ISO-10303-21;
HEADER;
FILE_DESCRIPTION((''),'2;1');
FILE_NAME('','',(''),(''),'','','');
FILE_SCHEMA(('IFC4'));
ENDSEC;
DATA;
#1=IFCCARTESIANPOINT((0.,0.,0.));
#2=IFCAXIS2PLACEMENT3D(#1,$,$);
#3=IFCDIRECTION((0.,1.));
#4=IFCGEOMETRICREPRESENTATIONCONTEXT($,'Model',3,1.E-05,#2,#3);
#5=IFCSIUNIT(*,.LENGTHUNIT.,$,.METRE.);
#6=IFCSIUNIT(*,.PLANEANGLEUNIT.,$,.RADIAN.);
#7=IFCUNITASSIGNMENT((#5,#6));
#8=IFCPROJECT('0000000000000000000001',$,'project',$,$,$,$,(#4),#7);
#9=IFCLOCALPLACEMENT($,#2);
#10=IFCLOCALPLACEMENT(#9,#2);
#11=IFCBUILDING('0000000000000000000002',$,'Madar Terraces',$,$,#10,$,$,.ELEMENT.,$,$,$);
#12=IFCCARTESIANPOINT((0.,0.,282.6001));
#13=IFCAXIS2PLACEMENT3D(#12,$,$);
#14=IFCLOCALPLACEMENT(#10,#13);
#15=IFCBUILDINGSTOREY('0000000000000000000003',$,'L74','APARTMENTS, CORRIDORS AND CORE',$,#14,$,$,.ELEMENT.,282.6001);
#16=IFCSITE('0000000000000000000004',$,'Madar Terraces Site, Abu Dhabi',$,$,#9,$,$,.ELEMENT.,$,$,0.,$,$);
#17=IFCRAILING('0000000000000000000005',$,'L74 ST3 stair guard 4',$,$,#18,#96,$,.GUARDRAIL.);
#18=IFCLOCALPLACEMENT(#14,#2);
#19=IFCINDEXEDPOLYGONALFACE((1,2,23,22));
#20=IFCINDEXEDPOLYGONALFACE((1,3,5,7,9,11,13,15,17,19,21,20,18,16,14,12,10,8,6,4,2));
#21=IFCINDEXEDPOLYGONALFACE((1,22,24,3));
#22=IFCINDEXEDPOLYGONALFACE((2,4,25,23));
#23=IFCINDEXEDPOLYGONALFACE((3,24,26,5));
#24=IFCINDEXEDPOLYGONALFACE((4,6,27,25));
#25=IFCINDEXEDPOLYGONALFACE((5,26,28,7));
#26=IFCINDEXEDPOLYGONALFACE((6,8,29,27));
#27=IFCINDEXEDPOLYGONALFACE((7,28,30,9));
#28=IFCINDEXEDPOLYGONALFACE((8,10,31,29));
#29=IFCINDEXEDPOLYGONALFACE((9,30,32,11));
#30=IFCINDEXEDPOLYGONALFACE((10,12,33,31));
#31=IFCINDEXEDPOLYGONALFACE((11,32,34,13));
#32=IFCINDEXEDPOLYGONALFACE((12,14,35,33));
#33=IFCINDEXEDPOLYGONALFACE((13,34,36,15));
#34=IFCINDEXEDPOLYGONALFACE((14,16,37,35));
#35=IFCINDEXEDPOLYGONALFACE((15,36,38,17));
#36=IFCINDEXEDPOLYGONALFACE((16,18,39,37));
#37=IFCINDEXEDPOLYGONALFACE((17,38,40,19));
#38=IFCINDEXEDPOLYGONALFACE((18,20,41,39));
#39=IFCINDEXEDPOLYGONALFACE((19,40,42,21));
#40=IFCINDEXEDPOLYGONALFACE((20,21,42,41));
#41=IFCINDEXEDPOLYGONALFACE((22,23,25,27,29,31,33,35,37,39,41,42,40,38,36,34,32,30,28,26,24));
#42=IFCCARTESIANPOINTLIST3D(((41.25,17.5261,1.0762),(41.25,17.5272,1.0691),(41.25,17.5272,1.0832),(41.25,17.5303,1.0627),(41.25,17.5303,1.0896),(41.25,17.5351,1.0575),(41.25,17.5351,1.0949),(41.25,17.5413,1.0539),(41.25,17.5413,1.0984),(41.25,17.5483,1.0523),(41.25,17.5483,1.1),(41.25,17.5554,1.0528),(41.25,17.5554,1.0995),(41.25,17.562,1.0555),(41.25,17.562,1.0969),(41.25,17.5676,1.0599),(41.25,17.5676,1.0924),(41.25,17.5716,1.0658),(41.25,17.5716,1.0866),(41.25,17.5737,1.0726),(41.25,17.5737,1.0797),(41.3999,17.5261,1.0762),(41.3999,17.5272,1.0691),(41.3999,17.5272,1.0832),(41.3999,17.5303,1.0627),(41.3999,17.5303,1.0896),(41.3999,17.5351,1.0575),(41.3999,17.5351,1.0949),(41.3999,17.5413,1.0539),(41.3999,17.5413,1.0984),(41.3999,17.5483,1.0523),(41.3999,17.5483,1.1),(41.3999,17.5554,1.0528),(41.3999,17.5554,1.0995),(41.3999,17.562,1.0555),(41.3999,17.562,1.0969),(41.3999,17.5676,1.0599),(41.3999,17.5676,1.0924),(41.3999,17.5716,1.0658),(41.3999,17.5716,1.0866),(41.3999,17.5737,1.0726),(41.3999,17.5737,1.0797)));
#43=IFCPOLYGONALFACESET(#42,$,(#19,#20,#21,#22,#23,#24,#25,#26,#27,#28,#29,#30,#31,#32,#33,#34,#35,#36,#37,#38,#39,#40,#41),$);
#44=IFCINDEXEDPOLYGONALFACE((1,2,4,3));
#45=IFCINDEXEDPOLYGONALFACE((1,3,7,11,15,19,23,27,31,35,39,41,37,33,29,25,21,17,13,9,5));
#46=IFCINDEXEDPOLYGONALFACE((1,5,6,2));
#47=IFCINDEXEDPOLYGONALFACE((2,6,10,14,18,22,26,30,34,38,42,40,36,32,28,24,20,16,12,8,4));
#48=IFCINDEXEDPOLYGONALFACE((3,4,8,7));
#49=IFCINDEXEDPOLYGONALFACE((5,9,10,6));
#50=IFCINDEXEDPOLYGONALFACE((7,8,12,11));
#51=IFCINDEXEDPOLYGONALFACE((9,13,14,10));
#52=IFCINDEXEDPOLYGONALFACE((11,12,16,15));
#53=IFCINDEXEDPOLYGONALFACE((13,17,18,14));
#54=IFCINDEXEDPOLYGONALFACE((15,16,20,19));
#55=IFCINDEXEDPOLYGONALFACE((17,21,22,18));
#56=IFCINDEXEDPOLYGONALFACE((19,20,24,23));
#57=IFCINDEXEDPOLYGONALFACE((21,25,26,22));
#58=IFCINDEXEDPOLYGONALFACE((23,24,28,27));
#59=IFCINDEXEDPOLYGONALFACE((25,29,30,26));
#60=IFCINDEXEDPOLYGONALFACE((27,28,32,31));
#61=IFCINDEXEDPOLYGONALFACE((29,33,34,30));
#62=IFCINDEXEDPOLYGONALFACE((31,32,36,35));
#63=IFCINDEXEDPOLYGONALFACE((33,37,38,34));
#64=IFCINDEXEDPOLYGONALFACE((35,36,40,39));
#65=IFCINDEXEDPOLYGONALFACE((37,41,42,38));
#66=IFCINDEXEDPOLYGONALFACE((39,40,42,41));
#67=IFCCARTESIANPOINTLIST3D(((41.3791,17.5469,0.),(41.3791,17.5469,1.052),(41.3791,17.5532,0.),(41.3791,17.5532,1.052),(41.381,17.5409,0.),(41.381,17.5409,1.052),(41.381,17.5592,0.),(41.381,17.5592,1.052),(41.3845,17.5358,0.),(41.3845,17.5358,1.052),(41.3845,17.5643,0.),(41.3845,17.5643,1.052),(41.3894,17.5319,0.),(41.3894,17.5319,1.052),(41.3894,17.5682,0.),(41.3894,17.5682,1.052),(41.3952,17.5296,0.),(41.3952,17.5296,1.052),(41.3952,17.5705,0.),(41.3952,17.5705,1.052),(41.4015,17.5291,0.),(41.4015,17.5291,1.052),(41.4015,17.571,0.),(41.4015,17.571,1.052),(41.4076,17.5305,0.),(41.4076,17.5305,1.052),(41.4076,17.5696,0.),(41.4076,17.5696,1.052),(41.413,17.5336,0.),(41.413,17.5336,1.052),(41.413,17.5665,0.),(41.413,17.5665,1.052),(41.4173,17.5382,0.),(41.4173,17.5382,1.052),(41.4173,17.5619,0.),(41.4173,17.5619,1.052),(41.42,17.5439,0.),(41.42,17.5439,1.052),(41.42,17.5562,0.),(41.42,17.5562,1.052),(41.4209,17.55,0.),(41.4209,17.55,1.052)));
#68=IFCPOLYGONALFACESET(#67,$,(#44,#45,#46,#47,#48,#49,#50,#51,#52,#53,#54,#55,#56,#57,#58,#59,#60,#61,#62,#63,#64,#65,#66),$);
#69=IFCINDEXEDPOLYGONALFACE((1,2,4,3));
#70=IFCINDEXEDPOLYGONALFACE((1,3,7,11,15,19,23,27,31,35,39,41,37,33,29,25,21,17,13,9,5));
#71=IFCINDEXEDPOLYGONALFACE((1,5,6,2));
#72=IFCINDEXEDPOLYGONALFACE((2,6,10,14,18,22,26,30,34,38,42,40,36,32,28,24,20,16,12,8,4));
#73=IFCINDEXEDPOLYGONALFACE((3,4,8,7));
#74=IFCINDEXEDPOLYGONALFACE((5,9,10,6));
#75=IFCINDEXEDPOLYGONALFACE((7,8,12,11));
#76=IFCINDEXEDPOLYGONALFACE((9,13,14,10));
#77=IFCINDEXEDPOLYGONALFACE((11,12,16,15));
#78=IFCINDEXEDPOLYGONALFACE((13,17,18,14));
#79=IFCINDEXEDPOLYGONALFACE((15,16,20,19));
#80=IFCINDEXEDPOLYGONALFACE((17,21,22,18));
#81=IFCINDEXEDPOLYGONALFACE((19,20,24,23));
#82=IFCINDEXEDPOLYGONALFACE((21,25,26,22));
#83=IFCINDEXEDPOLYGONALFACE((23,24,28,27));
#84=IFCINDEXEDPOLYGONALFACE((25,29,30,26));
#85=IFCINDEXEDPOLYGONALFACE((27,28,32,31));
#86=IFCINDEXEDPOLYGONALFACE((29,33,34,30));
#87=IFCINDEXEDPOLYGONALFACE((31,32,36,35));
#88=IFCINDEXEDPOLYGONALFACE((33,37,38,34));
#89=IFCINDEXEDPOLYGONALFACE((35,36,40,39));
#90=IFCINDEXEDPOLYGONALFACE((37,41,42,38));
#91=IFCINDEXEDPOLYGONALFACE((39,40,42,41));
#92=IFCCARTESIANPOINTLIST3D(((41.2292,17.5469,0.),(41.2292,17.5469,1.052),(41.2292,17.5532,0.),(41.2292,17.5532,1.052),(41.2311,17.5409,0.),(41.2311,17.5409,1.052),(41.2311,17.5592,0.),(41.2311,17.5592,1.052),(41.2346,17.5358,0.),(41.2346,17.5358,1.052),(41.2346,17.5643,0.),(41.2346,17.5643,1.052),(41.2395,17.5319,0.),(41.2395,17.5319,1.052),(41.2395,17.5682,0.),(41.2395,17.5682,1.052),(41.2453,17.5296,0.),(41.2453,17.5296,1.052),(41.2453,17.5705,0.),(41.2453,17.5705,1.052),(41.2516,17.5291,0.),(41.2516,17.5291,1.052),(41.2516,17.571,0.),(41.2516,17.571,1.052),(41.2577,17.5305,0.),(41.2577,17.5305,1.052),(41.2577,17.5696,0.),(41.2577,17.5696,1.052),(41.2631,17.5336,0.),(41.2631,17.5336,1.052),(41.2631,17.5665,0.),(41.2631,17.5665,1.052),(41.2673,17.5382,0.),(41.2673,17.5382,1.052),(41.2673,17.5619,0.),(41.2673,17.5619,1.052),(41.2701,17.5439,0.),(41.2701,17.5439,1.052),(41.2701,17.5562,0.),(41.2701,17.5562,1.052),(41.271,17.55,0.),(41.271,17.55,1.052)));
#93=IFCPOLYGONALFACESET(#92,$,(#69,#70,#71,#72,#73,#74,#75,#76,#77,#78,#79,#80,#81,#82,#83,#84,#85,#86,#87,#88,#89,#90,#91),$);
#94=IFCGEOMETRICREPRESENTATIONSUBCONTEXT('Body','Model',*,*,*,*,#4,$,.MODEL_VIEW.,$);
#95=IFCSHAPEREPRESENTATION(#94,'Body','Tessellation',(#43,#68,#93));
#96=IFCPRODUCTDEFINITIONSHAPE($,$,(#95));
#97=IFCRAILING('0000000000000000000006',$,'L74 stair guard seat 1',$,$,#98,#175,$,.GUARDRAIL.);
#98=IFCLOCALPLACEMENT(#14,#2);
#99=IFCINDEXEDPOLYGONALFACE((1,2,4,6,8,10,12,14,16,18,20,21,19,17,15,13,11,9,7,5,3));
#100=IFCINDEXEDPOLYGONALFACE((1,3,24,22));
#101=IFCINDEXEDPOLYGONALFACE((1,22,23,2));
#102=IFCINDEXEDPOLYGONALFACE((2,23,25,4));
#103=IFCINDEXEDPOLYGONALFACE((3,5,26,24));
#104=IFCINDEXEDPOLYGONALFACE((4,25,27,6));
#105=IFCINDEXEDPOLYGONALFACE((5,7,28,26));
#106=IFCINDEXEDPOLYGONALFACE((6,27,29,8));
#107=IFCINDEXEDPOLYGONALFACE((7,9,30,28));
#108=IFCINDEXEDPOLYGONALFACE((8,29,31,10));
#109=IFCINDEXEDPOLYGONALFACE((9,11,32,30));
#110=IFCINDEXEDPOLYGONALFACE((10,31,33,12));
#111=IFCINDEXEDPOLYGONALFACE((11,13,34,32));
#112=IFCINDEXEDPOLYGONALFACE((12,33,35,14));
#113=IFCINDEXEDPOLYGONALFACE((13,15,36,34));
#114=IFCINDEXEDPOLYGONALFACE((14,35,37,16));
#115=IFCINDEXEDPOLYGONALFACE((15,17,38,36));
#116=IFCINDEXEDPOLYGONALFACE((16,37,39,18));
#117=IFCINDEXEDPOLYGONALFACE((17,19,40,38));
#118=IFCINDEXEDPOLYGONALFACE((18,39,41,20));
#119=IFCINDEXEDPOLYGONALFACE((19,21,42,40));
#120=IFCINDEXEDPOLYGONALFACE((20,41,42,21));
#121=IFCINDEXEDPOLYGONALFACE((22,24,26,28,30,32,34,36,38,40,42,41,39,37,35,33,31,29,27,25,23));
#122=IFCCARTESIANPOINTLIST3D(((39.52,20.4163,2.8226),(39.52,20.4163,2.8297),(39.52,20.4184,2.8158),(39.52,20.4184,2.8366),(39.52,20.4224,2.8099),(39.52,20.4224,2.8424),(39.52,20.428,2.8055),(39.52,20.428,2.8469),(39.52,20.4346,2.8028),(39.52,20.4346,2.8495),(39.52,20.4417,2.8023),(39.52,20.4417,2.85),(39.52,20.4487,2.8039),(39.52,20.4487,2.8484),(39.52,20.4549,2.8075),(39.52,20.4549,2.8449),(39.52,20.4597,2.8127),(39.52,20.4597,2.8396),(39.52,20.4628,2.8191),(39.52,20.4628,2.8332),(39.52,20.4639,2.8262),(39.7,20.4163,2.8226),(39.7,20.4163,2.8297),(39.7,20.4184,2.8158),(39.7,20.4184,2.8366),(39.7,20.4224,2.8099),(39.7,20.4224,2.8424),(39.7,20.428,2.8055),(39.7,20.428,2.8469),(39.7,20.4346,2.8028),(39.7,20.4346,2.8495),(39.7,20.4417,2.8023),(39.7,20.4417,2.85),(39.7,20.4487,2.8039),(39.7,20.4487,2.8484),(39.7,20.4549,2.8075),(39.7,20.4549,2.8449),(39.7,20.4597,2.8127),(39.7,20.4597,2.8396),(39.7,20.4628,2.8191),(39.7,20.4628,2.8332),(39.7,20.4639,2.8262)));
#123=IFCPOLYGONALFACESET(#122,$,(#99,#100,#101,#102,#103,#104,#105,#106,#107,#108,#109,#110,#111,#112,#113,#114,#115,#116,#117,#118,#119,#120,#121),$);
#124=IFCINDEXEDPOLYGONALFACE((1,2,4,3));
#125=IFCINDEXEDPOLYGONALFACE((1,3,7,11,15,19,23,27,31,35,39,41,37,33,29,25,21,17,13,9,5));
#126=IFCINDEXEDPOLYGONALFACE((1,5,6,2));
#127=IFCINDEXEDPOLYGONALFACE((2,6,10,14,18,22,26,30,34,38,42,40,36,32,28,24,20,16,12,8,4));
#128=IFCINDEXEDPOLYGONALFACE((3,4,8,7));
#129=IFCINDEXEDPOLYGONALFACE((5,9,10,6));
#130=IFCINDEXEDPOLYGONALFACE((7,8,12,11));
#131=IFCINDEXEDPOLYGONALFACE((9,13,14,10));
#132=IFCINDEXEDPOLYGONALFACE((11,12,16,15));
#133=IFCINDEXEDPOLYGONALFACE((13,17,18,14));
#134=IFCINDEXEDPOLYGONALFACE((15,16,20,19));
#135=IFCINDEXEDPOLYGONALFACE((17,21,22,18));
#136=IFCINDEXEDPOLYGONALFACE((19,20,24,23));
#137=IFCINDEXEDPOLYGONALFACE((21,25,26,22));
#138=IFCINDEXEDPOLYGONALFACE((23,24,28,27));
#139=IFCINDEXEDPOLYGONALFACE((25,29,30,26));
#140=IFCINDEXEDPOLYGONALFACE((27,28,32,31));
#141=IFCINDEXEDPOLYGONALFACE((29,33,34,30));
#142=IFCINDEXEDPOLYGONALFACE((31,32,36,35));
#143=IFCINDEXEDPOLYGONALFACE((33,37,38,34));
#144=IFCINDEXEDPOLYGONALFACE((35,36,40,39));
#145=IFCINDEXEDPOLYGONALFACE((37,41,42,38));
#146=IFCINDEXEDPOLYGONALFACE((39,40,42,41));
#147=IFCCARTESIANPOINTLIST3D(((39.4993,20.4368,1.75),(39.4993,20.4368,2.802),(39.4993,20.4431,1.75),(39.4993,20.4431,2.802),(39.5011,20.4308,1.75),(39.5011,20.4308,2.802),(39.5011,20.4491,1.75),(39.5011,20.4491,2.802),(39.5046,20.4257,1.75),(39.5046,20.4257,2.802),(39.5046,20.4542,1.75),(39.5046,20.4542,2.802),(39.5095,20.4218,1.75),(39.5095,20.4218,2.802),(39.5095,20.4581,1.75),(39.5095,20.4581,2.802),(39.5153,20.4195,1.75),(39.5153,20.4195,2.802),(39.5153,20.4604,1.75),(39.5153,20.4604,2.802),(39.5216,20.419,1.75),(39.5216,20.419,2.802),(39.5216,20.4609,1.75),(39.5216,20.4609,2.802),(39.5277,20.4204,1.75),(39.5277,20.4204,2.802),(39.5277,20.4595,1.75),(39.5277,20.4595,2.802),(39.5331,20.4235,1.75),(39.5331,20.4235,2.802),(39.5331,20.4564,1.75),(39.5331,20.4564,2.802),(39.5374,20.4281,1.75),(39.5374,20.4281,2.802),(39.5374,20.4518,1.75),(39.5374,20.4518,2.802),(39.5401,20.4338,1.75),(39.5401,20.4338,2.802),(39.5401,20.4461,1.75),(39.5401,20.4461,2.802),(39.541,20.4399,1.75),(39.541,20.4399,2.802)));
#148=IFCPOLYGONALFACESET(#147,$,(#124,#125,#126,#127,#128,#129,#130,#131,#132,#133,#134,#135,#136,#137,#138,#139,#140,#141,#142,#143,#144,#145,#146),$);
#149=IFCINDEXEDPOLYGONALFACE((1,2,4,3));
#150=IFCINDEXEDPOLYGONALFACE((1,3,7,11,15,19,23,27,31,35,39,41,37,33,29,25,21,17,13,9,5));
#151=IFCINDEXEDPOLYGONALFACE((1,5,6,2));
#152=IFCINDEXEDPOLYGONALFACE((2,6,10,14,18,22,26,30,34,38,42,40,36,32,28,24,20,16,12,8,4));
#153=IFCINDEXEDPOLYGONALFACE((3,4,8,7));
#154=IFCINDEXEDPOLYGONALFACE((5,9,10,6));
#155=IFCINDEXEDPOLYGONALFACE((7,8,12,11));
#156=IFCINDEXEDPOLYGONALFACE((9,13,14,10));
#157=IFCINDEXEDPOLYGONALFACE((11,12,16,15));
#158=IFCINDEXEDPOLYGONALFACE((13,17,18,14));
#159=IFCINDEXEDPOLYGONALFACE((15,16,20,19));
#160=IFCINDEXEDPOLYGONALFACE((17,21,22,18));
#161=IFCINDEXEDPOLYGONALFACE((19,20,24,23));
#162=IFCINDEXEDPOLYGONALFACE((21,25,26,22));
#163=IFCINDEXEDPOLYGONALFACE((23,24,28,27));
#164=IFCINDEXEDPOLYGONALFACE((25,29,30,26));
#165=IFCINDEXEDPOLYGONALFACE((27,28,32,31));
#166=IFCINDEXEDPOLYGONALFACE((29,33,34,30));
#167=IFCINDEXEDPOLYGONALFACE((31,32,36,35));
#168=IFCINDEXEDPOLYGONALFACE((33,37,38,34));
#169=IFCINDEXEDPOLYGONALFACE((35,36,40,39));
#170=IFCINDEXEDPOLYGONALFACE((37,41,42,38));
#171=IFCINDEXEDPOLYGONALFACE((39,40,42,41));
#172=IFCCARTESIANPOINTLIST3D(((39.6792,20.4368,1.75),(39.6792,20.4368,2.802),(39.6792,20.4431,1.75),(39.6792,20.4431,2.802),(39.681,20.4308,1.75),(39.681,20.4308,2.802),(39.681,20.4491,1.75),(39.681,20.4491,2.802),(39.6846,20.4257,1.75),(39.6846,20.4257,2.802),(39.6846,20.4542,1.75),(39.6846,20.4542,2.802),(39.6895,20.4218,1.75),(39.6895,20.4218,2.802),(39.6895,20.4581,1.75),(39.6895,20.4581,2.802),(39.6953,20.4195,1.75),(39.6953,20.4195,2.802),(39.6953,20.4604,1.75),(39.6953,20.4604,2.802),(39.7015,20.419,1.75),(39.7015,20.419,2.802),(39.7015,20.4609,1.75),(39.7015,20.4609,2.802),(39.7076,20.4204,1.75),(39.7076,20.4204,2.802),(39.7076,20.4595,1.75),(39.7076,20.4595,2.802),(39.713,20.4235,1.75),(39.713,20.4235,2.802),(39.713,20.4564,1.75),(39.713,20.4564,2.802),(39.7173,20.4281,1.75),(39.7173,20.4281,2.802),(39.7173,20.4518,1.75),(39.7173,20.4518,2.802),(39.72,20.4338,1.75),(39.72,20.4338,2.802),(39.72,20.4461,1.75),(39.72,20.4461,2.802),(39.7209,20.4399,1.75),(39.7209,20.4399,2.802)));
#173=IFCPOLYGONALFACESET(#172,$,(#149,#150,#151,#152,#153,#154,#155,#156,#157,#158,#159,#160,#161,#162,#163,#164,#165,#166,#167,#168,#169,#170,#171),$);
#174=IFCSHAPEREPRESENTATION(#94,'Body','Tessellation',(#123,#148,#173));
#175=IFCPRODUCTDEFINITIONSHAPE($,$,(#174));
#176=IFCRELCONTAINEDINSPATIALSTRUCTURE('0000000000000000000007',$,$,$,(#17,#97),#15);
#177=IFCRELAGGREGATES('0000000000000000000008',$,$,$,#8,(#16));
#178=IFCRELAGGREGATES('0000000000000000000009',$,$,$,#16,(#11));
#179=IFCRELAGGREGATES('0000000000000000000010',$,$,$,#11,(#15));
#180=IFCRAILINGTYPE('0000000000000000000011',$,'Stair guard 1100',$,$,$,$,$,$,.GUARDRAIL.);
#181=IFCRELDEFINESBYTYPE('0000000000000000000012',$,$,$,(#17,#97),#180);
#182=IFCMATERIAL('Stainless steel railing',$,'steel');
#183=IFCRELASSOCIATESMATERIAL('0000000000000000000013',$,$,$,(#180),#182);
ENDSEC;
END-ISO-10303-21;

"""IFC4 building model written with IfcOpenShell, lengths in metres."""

from ifc_helpers import new_model, si_unit, direction, frame, origin, origin_2d, place, context, subcontext, project, spatial, circle, extrude, material, type_object, element, save


model = new_model("IFC4")

# Units and contexts
model_context = context("Model", 3, precision=1e-05, world=origin(), true_north=direction((0.0, 1.0)))
body_context = subcontext(model_context, "Body", "Model", "MODEL_VIEW")
ifc_project = project(units=[si_unit("LENGTHUNIT", "METRE"), si_unit("PLANEANGLEUNIT", "RADIAN")], contexts=[model_context])

# Site, building, storey
site_placement = place(None, origin())
site = spatial("IfcSite", under=ifc_project, at=site_placement, Name="Madar Terraces Site, Abu Dhabi", CompositionType="ELEMENT", RefElevation=0.0)
building_placement = place(site_placement, origin())
building = spatial("IfcBuilding", under=site, at=building_placement, Name="Madar Terraces", CompositionType="ELEMENT")
storey_placement = place(building_placement, frame((0.0, 0.0, 282.6001)))
storey = spatial("IfcBuildingStorey", under=building, at=storey_placement, Name="L74", Description="APARTMENTS, CORRIDORS AND CORE", CompositionType="ELEMENT", Elevation=282.6001)

# Railings
ifc_material_1 = material(Name="Stainless steel railing", Category="steel")
railing_type_1 = type_object("IfcRailingType", Name="Stair guard 1100", PredefinedType="GUARDRAIL", material=ifc_material_1)
railing_1_placement = place(storey_placement, frame((41.3999, 17.55, 0.0)))
element("IfcRailing", 1, at=railing_1_placement, inside=storey, type_object=railing_type_1, Name="L74 ST3 stair guard 4", PredefinedType="GUARDRAIL", context=body_context, shape_type="SweptSolid", body=[
    extrude(circle(Radius=0.0239, at=origin_2d()), frame((0.0, 0.0, 1.0762), z_axis=(-1.0, 0.0, 0.0), x_axis=(0.0, -1.0, 0.0)), (0.0, 0.0, 1.0), 0.1499),
    extrude(circle(Radius=0.021, at=origin_2d()), origin(), (0.0, 0.0, 1.0), 1.052),
    extrude(circle(Radius=0.021, at=origin_2d()), frame((-0.1499, 0.0, 0.0)), (0.0, 0.0, 1.0), 1.052),
])
for number, where, name in (
    (2, (39.52, 20.4399, 1.75), "L74 stair guard seat 1"),
):
    element("IfcRailing", number, at=place(storey_placement, frame(where)), inside=storey, type_object=railing_type_1, Name=name, PredefinedType="GUARDRAIL", context=body_context, shape_type="SweptSolid", body=[
        extrude(circle(Radius=0.0239, at=origin_2d()), frame((0.0, 0.0, 1.0762), z_axis=(1.0, 0.0, 0.0), x_axis=(0.0, 1.0, 0.0)), (0.0, 0.0, 1.0), 0.1799),
        extrude(circle(Radius=0.021, at=origin_2d()), origin(), (0.0, 0.0, 1.0), 1.052),
        extrude(circle(Radius=0.021, at=origin_2d()), frame((0.1799, 0.0, 0.0)), (0.0, 0.0, 1.0), 1.052),
    ])

save(model, "model.ifc")
